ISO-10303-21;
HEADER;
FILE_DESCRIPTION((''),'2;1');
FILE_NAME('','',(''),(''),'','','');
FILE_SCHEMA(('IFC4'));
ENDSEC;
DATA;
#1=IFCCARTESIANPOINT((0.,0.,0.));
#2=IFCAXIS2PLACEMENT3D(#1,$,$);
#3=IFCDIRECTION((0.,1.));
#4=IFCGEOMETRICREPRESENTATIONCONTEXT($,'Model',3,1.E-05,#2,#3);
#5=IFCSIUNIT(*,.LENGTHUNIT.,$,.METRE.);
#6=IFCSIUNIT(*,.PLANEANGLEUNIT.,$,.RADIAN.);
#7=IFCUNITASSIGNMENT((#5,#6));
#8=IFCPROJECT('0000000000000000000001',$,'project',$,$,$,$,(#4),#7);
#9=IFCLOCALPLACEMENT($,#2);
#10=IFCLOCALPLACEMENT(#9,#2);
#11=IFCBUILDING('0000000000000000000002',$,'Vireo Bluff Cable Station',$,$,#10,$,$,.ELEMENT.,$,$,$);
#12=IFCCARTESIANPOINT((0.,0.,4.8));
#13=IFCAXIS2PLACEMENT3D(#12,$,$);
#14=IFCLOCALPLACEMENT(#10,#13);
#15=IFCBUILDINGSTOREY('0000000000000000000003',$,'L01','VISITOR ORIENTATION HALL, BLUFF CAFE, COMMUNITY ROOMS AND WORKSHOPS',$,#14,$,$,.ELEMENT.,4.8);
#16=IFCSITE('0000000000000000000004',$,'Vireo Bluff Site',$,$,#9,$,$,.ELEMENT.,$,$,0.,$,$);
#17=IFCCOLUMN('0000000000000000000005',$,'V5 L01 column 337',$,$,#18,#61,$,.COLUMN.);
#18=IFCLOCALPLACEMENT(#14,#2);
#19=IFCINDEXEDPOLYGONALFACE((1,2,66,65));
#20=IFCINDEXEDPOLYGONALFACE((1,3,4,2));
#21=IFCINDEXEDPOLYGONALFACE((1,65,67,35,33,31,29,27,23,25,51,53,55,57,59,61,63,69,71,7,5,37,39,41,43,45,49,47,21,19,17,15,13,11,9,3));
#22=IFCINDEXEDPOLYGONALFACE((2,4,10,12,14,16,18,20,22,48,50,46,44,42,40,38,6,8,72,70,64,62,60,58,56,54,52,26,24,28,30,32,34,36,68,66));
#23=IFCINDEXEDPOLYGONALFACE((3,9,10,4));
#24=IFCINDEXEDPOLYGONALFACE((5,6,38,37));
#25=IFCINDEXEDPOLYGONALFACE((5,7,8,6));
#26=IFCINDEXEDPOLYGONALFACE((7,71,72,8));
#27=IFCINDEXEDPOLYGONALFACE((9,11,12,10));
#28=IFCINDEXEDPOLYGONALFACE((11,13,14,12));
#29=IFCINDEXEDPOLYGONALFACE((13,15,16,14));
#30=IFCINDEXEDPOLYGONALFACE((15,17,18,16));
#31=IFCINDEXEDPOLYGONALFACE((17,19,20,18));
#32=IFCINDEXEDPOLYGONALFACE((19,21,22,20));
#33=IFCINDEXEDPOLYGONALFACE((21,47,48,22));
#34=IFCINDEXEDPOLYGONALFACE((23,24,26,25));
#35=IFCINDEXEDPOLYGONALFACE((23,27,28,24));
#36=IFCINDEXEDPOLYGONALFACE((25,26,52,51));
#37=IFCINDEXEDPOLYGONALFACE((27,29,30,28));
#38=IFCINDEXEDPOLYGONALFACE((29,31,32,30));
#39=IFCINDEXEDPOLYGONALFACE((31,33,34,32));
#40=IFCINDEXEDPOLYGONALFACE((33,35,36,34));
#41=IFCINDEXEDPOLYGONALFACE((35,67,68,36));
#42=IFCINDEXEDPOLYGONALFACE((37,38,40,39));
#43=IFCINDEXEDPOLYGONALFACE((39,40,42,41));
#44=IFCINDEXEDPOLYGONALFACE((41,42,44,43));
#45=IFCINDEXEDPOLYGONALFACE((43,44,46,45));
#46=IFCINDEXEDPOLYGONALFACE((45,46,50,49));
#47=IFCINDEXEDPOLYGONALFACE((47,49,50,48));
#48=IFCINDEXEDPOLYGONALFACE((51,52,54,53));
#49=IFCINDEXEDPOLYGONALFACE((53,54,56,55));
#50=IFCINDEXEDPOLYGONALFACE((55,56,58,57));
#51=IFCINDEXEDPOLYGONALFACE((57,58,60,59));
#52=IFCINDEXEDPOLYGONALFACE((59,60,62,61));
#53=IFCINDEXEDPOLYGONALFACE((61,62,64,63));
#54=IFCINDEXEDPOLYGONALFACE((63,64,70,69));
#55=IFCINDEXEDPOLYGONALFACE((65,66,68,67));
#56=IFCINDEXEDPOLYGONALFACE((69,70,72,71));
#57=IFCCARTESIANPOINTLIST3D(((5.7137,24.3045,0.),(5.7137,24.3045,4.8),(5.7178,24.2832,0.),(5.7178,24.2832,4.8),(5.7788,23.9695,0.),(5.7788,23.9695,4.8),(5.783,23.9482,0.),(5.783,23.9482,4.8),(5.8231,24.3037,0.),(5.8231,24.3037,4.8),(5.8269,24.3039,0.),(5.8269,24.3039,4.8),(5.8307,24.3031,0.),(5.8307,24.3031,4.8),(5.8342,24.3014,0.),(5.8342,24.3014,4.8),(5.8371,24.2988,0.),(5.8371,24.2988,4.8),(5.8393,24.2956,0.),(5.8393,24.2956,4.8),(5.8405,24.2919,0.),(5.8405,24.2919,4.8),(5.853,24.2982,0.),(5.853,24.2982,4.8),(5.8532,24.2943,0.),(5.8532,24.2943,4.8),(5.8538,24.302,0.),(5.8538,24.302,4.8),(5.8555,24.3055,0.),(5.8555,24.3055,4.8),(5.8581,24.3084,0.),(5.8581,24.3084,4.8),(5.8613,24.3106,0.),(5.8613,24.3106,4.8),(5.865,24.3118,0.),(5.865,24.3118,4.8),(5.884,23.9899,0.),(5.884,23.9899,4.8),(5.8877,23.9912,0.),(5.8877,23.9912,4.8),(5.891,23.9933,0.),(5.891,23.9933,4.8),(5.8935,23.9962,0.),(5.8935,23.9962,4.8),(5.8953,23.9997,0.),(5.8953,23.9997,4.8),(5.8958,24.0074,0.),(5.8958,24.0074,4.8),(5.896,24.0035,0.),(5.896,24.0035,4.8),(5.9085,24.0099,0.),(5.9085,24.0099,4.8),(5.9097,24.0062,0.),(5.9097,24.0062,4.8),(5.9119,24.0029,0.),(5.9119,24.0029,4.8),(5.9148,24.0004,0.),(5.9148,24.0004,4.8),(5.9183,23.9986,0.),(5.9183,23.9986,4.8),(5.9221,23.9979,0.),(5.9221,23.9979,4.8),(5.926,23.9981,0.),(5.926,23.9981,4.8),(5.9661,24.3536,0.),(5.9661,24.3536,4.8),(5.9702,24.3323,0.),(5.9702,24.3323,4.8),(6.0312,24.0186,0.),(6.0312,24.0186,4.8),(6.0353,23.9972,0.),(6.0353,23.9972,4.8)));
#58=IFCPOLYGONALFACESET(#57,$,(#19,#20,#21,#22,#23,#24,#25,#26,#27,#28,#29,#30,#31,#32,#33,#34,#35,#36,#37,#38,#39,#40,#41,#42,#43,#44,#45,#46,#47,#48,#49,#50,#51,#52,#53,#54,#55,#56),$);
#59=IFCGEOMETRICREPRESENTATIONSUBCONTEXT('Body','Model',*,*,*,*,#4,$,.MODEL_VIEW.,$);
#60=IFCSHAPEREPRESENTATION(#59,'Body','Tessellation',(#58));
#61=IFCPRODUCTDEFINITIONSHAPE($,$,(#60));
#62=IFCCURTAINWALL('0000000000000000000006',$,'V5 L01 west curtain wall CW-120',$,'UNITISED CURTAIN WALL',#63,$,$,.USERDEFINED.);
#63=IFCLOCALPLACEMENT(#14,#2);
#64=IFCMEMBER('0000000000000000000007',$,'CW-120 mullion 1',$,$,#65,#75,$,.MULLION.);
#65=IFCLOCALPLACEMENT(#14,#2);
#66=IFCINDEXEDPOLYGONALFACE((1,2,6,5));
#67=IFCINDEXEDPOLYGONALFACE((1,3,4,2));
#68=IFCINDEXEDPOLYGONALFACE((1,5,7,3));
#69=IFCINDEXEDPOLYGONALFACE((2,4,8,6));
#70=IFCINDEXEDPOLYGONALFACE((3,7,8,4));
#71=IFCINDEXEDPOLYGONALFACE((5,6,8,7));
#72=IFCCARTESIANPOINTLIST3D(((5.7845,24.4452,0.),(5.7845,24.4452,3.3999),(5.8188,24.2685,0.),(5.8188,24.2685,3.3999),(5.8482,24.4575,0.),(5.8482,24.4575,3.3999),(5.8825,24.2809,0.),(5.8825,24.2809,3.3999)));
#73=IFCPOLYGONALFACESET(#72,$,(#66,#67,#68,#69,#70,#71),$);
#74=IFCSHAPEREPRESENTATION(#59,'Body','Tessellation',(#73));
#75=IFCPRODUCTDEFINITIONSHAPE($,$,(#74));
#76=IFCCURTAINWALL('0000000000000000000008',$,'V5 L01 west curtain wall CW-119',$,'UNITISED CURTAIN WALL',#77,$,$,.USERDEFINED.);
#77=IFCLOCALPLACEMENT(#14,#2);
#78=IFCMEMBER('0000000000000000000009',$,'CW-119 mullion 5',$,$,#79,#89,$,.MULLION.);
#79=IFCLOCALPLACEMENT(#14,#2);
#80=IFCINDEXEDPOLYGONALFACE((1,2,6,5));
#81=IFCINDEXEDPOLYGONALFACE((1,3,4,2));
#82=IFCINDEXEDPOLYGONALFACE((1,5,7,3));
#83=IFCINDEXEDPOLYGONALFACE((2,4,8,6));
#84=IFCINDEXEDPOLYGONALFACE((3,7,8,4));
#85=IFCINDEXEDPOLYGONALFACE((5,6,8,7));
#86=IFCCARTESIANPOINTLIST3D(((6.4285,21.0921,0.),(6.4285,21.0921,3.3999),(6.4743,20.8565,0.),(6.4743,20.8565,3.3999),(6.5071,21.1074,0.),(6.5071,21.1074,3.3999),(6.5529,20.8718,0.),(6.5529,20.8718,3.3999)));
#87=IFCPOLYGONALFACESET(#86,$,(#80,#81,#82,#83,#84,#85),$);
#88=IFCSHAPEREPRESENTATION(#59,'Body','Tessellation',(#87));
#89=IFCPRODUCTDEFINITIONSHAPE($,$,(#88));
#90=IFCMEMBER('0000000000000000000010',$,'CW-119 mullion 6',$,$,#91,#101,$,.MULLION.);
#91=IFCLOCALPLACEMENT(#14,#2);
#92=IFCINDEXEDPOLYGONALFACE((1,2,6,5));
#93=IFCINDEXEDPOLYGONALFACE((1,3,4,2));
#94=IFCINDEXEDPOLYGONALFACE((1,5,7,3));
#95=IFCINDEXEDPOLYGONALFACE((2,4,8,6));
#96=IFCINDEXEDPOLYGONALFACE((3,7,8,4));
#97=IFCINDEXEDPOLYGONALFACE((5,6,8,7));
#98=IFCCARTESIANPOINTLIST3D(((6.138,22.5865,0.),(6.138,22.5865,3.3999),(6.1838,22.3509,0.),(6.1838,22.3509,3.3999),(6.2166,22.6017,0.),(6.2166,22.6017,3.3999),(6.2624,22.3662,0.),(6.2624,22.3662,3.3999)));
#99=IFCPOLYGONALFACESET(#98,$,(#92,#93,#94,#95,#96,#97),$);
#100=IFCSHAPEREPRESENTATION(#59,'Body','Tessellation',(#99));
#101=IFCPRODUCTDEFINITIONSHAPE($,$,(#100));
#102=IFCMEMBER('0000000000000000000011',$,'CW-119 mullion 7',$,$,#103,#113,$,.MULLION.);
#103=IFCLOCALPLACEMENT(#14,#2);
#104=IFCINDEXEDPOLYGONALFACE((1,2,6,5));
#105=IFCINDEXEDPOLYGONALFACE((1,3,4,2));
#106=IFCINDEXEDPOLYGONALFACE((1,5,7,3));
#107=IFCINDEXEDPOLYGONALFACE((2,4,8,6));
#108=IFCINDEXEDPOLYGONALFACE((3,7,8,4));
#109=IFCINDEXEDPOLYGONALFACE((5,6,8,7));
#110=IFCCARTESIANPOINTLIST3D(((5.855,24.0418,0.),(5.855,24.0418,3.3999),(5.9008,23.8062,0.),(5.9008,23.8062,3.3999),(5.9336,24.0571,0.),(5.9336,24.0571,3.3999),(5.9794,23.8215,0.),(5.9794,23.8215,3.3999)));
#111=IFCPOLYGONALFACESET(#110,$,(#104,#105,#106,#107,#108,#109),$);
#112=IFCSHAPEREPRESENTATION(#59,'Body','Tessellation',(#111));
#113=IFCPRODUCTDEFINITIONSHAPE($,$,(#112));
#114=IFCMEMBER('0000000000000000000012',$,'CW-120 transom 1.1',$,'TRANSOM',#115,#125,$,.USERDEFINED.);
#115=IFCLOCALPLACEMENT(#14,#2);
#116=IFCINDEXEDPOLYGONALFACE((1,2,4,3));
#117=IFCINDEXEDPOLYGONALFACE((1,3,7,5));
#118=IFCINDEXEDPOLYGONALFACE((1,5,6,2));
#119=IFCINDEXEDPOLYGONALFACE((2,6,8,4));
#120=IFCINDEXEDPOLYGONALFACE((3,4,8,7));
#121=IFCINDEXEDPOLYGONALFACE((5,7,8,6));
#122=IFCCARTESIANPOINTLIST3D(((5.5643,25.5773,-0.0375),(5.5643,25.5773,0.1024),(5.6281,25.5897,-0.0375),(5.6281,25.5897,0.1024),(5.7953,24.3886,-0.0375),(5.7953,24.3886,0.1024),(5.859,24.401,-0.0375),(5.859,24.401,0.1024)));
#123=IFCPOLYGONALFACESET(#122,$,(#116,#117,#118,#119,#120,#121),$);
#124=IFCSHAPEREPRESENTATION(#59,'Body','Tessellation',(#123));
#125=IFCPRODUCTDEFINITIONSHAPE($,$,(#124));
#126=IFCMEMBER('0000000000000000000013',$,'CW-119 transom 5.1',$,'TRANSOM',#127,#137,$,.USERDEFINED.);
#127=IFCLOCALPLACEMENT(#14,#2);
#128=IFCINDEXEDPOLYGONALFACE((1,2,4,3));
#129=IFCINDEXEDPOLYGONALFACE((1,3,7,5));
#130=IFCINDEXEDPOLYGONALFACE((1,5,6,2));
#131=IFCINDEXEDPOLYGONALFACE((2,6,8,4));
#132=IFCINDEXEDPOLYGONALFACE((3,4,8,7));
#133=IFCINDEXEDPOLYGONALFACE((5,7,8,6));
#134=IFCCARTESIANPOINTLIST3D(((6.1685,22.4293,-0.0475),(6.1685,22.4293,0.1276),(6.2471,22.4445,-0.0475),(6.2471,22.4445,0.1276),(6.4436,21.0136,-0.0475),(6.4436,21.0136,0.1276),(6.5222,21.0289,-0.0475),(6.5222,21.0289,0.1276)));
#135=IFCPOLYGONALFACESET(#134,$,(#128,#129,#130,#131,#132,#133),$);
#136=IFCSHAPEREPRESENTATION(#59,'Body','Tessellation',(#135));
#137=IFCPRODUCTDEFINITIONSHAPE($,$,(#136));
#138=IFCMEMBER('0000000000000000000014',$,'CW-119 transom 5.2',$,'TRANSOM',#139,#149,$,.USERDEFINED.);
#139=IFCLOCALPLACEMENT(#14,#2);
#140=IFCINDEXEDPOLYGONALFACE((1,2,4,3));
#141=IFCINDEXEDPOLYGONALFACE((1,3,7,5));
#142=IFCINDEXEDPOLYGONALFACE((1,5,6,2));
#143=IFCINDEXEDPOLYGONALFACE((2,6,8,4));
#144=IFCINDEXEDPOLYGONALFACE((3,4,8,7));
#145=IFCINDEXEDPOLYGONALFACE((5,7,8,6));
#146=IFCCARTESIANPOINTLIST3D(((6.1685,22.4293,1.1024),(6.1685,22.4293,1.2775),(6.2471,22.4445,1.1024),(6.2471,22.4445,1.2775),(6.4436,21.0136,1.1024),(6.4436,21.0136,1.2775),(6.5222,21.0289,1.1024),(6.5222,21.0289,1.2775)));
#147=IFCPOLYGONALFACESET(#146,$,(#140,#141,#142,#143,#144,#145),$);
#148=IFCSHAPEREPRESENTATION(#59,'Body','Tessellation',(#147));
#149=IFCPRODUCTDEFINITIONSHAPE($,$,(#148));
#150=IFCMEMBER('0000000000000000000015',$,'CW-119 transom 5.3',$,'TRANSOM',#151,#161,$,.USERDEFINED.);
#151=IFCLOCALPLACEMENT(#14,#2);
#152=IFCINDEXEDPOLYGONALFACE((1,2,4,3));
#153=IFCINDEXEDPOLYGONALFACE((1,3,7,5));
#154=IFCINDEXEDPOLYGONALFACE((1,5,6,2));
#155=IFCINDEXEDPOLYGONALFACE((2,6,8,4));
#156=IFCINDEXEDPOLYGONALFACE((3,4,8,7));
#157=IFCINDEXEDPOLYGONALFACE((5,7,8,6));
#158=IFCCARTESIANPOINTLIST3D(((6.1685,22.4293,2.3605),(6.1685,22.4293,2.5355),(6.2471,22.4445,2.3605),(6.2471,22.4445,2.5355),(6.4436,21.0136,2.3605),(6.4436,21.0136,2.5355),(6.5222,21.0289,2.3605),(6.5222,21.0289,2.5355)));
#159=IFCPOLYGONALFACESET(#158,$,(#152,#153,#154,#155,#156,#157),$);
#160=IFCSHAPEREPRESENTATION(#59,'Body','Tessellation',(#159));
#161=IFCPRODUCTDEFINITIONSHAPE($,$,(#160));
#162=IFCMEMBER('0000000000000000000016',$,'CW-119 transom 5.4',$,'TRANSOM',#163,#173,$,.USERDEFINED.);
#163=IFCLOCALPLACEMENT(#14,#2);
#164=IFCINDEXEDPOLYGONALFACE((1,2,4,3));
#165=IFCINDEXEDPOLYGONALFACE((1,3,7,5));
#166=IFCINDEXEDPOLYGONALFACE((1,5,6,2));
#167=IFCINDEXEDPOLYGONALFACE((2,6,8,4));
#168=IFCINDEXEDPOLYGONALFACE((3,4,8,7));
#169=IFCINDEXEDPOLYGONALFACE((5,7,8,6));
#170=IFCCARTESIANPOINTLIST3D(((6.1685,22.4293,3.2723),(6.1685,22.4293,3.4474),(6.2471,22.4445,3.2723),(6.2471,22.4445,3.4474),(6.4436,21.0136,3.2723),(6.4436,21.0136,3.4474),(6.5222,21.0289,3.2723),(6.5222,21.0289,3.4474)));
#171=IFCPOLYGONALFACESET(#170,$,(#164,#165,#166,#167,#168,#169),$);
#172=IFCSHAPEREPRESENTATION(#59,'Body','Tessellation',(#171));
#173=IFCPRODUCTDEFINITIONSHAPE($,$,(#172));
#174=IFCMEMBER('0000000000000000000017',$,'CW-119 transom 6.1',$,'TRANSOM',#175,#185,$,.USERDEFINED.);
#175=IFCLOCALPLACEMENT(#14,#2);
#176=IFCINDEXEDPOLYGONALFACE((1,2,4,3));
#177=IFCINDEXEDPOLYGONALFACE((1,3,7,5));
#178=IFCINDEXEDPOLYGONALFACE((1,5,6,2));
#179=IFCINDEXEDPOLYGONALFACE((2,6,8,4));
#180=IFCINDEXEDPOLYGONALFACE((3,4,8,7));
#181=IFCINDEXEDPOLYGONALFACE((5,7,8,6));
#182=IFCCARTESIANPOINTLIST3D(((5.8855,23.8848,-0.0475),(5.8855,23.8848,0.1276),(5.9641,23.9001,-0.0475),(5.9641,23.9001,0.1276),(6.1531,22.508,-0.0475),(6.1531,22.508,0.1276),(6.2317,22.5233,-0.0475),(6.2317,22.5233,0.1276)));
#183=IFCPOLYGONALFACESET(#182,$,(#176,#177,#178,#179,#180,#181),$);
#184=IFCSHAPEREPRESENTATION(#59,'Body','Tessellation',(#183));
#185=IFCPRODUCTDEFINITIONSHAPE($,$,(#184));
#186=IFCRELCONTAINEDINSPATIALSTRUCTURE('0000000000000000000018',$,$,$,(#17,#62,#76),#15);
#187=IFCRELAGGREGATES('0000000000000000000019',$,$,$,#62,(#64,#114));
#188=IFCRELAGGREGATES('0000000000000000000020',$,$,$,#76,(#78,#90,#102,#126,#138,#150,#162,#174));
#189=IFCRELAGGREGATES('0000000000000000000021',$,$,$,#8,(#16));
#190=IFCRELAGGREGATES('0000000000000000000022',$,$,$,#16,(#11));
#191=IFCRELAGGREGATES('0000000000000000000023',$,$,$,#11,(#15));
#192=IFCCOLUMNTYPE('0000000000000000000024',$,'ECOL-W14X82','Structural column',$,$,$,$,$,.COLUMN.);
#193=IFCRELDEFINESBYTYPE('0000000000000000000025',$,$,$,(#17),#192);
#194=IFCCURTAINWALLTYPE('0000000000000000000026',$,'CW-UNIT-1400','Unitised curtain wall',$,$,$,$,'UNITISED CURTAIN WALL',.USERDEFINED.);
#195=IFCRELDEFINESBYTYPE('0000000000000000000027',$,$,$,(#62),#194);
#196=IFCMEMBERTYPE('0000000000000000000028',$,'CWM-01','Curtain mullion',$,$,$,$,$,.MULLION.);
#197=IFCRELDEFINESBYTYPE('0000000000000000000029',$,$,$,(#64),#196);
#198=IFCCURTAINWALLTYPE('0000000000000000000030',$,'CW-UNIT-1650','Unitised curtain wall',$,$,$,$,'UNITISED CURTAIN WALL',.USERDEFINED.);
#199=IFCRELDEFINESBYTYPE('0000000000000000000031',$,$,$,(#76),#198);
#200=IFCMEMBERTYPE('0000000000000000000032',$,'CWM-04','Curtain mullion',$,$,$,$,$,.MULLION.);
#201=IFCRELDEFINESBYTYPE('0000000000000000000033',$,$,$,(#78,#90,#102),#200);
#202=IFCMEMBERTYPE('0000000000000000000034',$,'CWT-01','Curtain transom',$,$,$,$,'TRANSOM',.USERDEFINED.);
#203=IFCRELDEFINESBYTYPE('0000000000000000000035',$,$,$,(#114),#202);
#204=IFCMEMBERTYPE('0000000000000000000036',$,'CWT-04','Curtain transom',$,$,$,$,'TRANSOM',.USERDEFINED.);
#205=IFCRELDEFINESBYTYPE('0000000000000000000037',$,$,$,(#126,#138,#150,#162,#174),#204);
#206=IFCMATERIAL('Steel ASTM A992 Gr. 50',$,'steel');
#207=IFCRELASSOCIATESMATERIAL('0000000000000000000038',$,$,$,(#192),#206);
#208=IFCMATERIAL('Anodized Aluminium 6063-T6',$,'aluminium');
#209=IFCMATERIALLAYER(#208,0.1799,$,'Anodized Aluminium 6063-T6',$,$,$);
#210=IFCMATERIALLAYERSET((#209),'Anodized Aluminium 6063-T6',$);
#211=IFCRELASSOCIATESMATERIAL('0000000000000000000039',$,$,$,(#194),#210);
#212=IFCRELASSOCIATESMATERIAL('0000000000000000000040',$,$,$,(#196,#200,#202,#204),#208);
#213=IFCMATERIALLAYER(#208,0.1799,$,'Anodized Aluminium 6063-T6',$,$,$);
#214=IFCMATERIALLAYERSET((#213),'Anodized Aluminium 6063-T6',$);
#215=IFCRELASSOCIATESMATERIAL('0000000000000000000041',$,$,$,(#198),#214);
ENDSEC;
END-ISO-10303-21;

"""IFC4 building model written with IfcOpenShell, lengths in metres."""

from ifc_helpers import new_model, si_unit, direction, frame, origin, origin_2d, place, context, subcontext, project, spatial, rectangle, i_section, extrude, material, layer, layer_set, material_profile, profile_set, type_object, element, aggregate, save


model = new_model("IFC4")

# Units and contexts
model_context = context("Model", 3, precision=1e-05, world=origin(), true_north=direction((0.0, 1.0)))
body_context = subcontext(model_context, "Body", "Model", "MODEL_VIEW")
ifc_project = project(units=[si_unit("LENGTHUNIT", "METRE"), si_unit("PLANEANGLEUNIT", "RADIAN")], contexts=[model_context])

# Site, building, storey
site_placement = place(None, origin())
site = spatial("IfcSite", under=ifc_project, at=site_placement, Name="Vireo Bluff Site", CompositionType="ELEMENT", RefElevation=0.0)
building_placement = place(site_placement, origin())
building = spatial("IfcBuilding", under=site, at=building_placement, Name="Vireo Bluff Cable Station", CompositionType="ELEMENT")
storey_placement = place(building_placement, frame((0.0, 0.0, 4.8)))
storey = spatial("IfcBuildingStorey", under=building, at=storey_placement, Name="L01", Description="VISITOR ORIENTATION HALL, BLUFF CAFE, COMMUNITY ROOMS AND WORKSHOPS", CompositionType="ELEMENT", Elevation=4.8)

# Column
ifc_material_1 = material(Name="Steel ASTM A992 Gr. 50", Category="steel")
ifc_material_profile_1 = material_profile(ifc_material_1, i_section(OverallWidth=0.2571, OverallDepth=0.363, WebThickness=0.0129, FlangeThickness=0.0217, FilletRadius=0.0149, at=origin_2d()), Name="W14X82")
ifc_profile_set_1 = profile_set([ifc_material_profile_1], Name="Steel ASTM A992 Gr. 50")
column_type = type_object("IfcColumnType", Name="ECOL-W14X82", Description="Structural column", PredefinedType="COLUMN", material=ifc_profile_set_1)
column_placement = place(storey_placement, frame((5.8745, 24.1509, 0.0), z_axis=(0.0, 0.0, 1.0), x_axis=(0.981627, 0.190809, 0.0)))
element("IfcColumn", 1, at=column_placement, inside=storey, type_object=column_type, Name="V5 L01 column 337", PredefinedType="COLUMN", context=body_context, shape_type="SweptSolid", body=[
    extrude(i_section(OverallWidth=0.2571, OverallDepth=0.363, WebThickness=0.0129, FlangeThickness=0.0217, FilletRadius=0.0149, at=origin_2d()), origin(), (0.0, 0.0, 1.0), 4.8),
])

# Curtain wall, member
ifc_material_2 = material(Name="Anodized Aluminium 6063-T6", Category="aluminium")
ifc_layer_1 = layer(ifc_material_2, 0.1799, Name="Anodized Aluminium 6063-T6")
ifc_layer_set_1 = layer_set([ifc_layer_1], Name="Anodized Aluminium 6063-T6")
curtain_wall_type_1 = type_object("IfcCurtainWallType", Name="CW-UNIT-1400", Description="Unitised curtain wall", ElementType="UNITISED CURTAIN WALL", PredefinedType="USERDEFINED", material=ifc_layer_set_1)
curtain_wall_1_placement = place(storey_placement, origin())
curtain_wall_1 = element("IfcCurtainWall", 2, at=curtain_wall_1_placement, inside=storey, type_object=curtain_wall_type_1, Name="V5 L01 west curtain wall CW-120", ObjectType="UNITISED CURTAIN WALL", PredefinedType="USERDEFINED")
ifc_material_profile_2 = material_profile(ifc_material_2, rectangle(XDim=0.0649, YDim=0.1799, at=origin_2d()), Name="ALU-M-65X180")
ifc_profile_set_2 = profile_set([ifc_material_profile_2], Name="Anodized Aluminium 6063-T6")
member_type_1 = type_object("IfcMemberType", Name="CWM-01", Description="Curtain mullion", PredefinedType="MULLION", material=ifc_profile_set_2)
member_1_placement = place(storey_placement, frame((5.8335, 24.363, 0.0), z_axis=(0.0, 0.0, 1.0), x_axis=(-0.981627, -0.190809, 0.0)))
member_1 = element("IfcMember", 3, at=member_1_placement, type_object=member_type_1, Name="CW-120 mullion 1", PredefinedType="MULLION", context=body_context, shape_type="SweptSolid", body=[
    extrude(rectangle(XDim=0.0649, YDim=0.1799, at=origin_2d()), origin(), (0.0, 0.0, 1.0), 3.3999),
])

# Curtain wall, members
ifc_layer_2 = layer(ifc_material_2, 0.1799, Name="Anodized Aluminium 6063-T6")
ifc_layer_set_2 = layer_set([ifc_layer_2], Name="Anodized Aluminium 6063-T6")
curtain_wall_type_2 = type_object("IfcCurtainWallType", Name="CW-UNIT-1650", Description="Unitised curtain wall", ElementType="UNITISED CURTAIN WALL", PredefinedType="USERDEFINED", material=ifc_layer_set_2)
curtain_wall_2_placement = place(storey_placement, origin())
curtain_wall_2 = element("IfcCurtainWall", 4, at=curtain_wall_2_placement, inside=storey, type_object=curtain_wall_type_2, Name="V5 L01 west curtain wall CW-119", ObjectType="UNITISED CURTAIN WALL", PredefinedType="USERDEFINED")
ifc_material_profile_3 = material_profile(ifc_material_2, rectangle(XDim=0.0801, YDim=0.24, at=origin_2d()), Name="ALU-M-80X240")
ifc_profile_set_3 = profile_set([ifc_material_profile_3], Name="Anodized Aluminium 6063-T6")
member_type_2 = type_object("IfcMemberType", Name="CWM-04", Description="Curtain mullion", PredefinedType="MULLION", material=ifc_profile_set_3)
member_2_placement = place(storey_placement, frame((6.4907, 20.9819, 0.0), z_axis=(0.0, 0.0, 1.0), x_axis=(-0.981627, -0.190809, 0.0)))
member_2 = element("IfcMember", 5, at=member_2_placement, type_object=member_type_2, Name="CW-119 mullion 5", PredefinedType="MULLION", context=body_context, shape_type="SweptSolid", body=[
    extrude(rectangle(XDim=0.0801, YDim=0.24, at=origin_2d()), origin(), (0.0, 0.0, 1.0), 3.3999),
])
member_3_placement = place(storey_placement, frame((6.2002, 22.4763, 0.0), z_axis=(0.0, 0.0, 1.0), x_axis=(-0.981627, -0.190809, 0.0)))
member_3 = element("IfcMember", 6, at=member_3_placement, type_object=member_type_2, Name="CW-119 mullion 6", PredefinedType="MULLION", context=body_context, shape_type="SweptSolid", body=[
    extrude(rectangle(XDim=0.0801, YDim=0.24, at=origin_2d()), origin(), (0.0, 0.0, 1.0), 3.3999),
])
member_4_placement = place(storey_placement, frame((5.9172, 23.9316, 0.0), z_axis=(0.0, 0.0, 1.0), x_axis=(-0.981627, -0.190809, 0.0)))
member_4 = element("IfcMember", 7, at=member_4_placement, type_object=member_type_2, Name="CW-119 mullion 7", PredefinedType="MULLION", context=body_context, shape_type="SweptSolid", body=[
    extrude(rectangle(XDim=0.0801, YDim=0.24, at=origin_2d()), origin(), (0.0, 0.0, 1.0), 3.3999),
])

# Members
ifc_material_profile_4 = material_profile(ifc_material_2, rectangle(XDim=0.0649, YDim=0.1399, at=origin_2d()), Name="ALU-T-65X140")
ifc_profile_set_4 = profile_set([ifc_material_profile_4], Name="Anodized Aluminium 6063-T6")
member_type_3 = type_object("IfcMemberType", Name="CWT-01", Description="Curtain transom", ElementType="TRANSOM", PredefinedType="USERDEFINED", material=ifc_profile_set_4)
member_5_placement = place(storey_placement, frame((5.8271, 24.3948, 0.0325), z_axis=(-0.190724, 0.981644, 0.0), x_axis=(-0.981644, -0.190724, 0.0)))
member_5 = element("IfcMember", 8, at=member_5_placement, type_object=member_type_3, Name="CW-120 transom 1.1", ObjectType="TRANSOM", PredefinedType="USERDEFINED", context=body_context, shape_type="SweptSolid", body=[
    extrude(rectangle(XDim=0.0649, YDim=0.1399, at=origin_2d()), origin(), (0.0, 0.0, 1.0), 1.2109),
])
aggregate(curtain_wall_1, [member_1, member_5])
ifc_material_profile_5 = material_profile(ifc_material_2, rectangle(XDim=0.0801, YDim=0.175, at=origin_2d()), Name="ALU-T-80X175")
ifc_profile_set_5 = profile_set([ifc_material_profile_5], Name="Anodized Aluminium 6063-T6")
member_type_4 = type_object("IfcMemberType", Name="CWT-04", Description="Curtain transom", ElementType="TRANSOM", PredefinedType="USERDEFINED", material=ifc_profile_set_5)
member_6_placement = place(storey_placement, frame((6.4829, 21.0212, 0.04), z_axis=(-0.190775, 0.981634, 0.0), x_axis=(-0.981634, -0.190775, 0.0)))
member_6 = element("IfcMember", 9, at=member_6_placement, type_object=member_type_4, Name="CW-119 transom 5.1", ObjectType="TRANSOM", PredefinedType="USERDEFINED", context=body_context, shape_type="SweptSolid", body=[
    extrude(rectangle(XDim=0.0801, YDim=0.175, at=origin_2d()), origin(), (0.0, 0.0, 1.0), 1.4421),
])
member_7_placement = place(storey_placement, frame((6.4829, 21.0212, 1.1899), z_axis=(-0.190775, 0.981634, 0.0), x_axis=(-0.981634, -0.190775, 0.0)))
member_7 = element("IfcMember", 10, at=member_7_placement, type_object=member_type_4, Name="CW-119 transom 5.2", ObjectType="TRANSOM", PredefinedType="USERDEFINED", context=body_context, shape_type="SweptSolid", body=[
    extrude(rectangle(XDim=0.0801, YDim=0.175, at=origin_2d()), origin(), (0.0, 0.0, 1.0), 1.4421),
])
member_8_placement = place(storey_placement, frame((6.4829, 21.0212, 2.448), z_axis=(-0.190775, 0.981634, 0.0), x_axis=(-0.981634, -0.190775, 0.0)))
member_8 = element("IfcMember", 11, at=member_8_placement, type_object=member_type_4, Name="CW-119 transom 5.3", ObjectType="TRANSOM", PredefinedType="USERDEFINED", context=body_context, shape_type="SweptSolid", body=[
    extrude(rectangle(XDim=0.0801, YDim=0.175, at=origin_2d()), origin(), (0.0, 0.0, 1.0), 1.4421),
])
member_9_placement = place(storey_placement, frame((6.4829, 21.0212, 3.3599), z_axis=(-0.190775, 0.981634, 0.0), x_axis=(-0.981634, -0.190775, 0.0)))
member_9 = element("IfcMember", 12, at=member_9_placement, type_object=member_type_4, Name="CW-119 transom 5.4", ObjectType="TRANSOM", PredefinedType="USERDEFINED", context=body_context, shape_type="SweptSolid", body=[
    extrude(rectangle(XDim=0.0801, YDim=0.175, at=origin_2d()), origin(), (0.0, 0.0, 1.0), 1.4421),
])
member_10_placement = place(storey_placement, frame((6.1924, 22.5156, 0.04), z_axis=(-0.19079, 0.981631, 0.0), x_axis=(-0.981631, -0.19079, 0.0)))
member_10 = element("IfcMember", 13, at=member_10_placement, type_object=member_type_4, Name="CW-119 transom 6.1", ObjectType="TRANSOM", PredefinedType="USERDEFINED", context=body_context, shape_type="SweptSolid", body=[
    extrude(rectangle(XDim=0.0801, YDim=0.175, at=origin_2d()), origin(), (0.0, 0.0, 1.0), 1.4026),
])

aggregate(curtain_wall_2, [member_2, member_3, member_4, member_6, member_7, member_8, member_9, member_10])

save(model, "model.ifc")
